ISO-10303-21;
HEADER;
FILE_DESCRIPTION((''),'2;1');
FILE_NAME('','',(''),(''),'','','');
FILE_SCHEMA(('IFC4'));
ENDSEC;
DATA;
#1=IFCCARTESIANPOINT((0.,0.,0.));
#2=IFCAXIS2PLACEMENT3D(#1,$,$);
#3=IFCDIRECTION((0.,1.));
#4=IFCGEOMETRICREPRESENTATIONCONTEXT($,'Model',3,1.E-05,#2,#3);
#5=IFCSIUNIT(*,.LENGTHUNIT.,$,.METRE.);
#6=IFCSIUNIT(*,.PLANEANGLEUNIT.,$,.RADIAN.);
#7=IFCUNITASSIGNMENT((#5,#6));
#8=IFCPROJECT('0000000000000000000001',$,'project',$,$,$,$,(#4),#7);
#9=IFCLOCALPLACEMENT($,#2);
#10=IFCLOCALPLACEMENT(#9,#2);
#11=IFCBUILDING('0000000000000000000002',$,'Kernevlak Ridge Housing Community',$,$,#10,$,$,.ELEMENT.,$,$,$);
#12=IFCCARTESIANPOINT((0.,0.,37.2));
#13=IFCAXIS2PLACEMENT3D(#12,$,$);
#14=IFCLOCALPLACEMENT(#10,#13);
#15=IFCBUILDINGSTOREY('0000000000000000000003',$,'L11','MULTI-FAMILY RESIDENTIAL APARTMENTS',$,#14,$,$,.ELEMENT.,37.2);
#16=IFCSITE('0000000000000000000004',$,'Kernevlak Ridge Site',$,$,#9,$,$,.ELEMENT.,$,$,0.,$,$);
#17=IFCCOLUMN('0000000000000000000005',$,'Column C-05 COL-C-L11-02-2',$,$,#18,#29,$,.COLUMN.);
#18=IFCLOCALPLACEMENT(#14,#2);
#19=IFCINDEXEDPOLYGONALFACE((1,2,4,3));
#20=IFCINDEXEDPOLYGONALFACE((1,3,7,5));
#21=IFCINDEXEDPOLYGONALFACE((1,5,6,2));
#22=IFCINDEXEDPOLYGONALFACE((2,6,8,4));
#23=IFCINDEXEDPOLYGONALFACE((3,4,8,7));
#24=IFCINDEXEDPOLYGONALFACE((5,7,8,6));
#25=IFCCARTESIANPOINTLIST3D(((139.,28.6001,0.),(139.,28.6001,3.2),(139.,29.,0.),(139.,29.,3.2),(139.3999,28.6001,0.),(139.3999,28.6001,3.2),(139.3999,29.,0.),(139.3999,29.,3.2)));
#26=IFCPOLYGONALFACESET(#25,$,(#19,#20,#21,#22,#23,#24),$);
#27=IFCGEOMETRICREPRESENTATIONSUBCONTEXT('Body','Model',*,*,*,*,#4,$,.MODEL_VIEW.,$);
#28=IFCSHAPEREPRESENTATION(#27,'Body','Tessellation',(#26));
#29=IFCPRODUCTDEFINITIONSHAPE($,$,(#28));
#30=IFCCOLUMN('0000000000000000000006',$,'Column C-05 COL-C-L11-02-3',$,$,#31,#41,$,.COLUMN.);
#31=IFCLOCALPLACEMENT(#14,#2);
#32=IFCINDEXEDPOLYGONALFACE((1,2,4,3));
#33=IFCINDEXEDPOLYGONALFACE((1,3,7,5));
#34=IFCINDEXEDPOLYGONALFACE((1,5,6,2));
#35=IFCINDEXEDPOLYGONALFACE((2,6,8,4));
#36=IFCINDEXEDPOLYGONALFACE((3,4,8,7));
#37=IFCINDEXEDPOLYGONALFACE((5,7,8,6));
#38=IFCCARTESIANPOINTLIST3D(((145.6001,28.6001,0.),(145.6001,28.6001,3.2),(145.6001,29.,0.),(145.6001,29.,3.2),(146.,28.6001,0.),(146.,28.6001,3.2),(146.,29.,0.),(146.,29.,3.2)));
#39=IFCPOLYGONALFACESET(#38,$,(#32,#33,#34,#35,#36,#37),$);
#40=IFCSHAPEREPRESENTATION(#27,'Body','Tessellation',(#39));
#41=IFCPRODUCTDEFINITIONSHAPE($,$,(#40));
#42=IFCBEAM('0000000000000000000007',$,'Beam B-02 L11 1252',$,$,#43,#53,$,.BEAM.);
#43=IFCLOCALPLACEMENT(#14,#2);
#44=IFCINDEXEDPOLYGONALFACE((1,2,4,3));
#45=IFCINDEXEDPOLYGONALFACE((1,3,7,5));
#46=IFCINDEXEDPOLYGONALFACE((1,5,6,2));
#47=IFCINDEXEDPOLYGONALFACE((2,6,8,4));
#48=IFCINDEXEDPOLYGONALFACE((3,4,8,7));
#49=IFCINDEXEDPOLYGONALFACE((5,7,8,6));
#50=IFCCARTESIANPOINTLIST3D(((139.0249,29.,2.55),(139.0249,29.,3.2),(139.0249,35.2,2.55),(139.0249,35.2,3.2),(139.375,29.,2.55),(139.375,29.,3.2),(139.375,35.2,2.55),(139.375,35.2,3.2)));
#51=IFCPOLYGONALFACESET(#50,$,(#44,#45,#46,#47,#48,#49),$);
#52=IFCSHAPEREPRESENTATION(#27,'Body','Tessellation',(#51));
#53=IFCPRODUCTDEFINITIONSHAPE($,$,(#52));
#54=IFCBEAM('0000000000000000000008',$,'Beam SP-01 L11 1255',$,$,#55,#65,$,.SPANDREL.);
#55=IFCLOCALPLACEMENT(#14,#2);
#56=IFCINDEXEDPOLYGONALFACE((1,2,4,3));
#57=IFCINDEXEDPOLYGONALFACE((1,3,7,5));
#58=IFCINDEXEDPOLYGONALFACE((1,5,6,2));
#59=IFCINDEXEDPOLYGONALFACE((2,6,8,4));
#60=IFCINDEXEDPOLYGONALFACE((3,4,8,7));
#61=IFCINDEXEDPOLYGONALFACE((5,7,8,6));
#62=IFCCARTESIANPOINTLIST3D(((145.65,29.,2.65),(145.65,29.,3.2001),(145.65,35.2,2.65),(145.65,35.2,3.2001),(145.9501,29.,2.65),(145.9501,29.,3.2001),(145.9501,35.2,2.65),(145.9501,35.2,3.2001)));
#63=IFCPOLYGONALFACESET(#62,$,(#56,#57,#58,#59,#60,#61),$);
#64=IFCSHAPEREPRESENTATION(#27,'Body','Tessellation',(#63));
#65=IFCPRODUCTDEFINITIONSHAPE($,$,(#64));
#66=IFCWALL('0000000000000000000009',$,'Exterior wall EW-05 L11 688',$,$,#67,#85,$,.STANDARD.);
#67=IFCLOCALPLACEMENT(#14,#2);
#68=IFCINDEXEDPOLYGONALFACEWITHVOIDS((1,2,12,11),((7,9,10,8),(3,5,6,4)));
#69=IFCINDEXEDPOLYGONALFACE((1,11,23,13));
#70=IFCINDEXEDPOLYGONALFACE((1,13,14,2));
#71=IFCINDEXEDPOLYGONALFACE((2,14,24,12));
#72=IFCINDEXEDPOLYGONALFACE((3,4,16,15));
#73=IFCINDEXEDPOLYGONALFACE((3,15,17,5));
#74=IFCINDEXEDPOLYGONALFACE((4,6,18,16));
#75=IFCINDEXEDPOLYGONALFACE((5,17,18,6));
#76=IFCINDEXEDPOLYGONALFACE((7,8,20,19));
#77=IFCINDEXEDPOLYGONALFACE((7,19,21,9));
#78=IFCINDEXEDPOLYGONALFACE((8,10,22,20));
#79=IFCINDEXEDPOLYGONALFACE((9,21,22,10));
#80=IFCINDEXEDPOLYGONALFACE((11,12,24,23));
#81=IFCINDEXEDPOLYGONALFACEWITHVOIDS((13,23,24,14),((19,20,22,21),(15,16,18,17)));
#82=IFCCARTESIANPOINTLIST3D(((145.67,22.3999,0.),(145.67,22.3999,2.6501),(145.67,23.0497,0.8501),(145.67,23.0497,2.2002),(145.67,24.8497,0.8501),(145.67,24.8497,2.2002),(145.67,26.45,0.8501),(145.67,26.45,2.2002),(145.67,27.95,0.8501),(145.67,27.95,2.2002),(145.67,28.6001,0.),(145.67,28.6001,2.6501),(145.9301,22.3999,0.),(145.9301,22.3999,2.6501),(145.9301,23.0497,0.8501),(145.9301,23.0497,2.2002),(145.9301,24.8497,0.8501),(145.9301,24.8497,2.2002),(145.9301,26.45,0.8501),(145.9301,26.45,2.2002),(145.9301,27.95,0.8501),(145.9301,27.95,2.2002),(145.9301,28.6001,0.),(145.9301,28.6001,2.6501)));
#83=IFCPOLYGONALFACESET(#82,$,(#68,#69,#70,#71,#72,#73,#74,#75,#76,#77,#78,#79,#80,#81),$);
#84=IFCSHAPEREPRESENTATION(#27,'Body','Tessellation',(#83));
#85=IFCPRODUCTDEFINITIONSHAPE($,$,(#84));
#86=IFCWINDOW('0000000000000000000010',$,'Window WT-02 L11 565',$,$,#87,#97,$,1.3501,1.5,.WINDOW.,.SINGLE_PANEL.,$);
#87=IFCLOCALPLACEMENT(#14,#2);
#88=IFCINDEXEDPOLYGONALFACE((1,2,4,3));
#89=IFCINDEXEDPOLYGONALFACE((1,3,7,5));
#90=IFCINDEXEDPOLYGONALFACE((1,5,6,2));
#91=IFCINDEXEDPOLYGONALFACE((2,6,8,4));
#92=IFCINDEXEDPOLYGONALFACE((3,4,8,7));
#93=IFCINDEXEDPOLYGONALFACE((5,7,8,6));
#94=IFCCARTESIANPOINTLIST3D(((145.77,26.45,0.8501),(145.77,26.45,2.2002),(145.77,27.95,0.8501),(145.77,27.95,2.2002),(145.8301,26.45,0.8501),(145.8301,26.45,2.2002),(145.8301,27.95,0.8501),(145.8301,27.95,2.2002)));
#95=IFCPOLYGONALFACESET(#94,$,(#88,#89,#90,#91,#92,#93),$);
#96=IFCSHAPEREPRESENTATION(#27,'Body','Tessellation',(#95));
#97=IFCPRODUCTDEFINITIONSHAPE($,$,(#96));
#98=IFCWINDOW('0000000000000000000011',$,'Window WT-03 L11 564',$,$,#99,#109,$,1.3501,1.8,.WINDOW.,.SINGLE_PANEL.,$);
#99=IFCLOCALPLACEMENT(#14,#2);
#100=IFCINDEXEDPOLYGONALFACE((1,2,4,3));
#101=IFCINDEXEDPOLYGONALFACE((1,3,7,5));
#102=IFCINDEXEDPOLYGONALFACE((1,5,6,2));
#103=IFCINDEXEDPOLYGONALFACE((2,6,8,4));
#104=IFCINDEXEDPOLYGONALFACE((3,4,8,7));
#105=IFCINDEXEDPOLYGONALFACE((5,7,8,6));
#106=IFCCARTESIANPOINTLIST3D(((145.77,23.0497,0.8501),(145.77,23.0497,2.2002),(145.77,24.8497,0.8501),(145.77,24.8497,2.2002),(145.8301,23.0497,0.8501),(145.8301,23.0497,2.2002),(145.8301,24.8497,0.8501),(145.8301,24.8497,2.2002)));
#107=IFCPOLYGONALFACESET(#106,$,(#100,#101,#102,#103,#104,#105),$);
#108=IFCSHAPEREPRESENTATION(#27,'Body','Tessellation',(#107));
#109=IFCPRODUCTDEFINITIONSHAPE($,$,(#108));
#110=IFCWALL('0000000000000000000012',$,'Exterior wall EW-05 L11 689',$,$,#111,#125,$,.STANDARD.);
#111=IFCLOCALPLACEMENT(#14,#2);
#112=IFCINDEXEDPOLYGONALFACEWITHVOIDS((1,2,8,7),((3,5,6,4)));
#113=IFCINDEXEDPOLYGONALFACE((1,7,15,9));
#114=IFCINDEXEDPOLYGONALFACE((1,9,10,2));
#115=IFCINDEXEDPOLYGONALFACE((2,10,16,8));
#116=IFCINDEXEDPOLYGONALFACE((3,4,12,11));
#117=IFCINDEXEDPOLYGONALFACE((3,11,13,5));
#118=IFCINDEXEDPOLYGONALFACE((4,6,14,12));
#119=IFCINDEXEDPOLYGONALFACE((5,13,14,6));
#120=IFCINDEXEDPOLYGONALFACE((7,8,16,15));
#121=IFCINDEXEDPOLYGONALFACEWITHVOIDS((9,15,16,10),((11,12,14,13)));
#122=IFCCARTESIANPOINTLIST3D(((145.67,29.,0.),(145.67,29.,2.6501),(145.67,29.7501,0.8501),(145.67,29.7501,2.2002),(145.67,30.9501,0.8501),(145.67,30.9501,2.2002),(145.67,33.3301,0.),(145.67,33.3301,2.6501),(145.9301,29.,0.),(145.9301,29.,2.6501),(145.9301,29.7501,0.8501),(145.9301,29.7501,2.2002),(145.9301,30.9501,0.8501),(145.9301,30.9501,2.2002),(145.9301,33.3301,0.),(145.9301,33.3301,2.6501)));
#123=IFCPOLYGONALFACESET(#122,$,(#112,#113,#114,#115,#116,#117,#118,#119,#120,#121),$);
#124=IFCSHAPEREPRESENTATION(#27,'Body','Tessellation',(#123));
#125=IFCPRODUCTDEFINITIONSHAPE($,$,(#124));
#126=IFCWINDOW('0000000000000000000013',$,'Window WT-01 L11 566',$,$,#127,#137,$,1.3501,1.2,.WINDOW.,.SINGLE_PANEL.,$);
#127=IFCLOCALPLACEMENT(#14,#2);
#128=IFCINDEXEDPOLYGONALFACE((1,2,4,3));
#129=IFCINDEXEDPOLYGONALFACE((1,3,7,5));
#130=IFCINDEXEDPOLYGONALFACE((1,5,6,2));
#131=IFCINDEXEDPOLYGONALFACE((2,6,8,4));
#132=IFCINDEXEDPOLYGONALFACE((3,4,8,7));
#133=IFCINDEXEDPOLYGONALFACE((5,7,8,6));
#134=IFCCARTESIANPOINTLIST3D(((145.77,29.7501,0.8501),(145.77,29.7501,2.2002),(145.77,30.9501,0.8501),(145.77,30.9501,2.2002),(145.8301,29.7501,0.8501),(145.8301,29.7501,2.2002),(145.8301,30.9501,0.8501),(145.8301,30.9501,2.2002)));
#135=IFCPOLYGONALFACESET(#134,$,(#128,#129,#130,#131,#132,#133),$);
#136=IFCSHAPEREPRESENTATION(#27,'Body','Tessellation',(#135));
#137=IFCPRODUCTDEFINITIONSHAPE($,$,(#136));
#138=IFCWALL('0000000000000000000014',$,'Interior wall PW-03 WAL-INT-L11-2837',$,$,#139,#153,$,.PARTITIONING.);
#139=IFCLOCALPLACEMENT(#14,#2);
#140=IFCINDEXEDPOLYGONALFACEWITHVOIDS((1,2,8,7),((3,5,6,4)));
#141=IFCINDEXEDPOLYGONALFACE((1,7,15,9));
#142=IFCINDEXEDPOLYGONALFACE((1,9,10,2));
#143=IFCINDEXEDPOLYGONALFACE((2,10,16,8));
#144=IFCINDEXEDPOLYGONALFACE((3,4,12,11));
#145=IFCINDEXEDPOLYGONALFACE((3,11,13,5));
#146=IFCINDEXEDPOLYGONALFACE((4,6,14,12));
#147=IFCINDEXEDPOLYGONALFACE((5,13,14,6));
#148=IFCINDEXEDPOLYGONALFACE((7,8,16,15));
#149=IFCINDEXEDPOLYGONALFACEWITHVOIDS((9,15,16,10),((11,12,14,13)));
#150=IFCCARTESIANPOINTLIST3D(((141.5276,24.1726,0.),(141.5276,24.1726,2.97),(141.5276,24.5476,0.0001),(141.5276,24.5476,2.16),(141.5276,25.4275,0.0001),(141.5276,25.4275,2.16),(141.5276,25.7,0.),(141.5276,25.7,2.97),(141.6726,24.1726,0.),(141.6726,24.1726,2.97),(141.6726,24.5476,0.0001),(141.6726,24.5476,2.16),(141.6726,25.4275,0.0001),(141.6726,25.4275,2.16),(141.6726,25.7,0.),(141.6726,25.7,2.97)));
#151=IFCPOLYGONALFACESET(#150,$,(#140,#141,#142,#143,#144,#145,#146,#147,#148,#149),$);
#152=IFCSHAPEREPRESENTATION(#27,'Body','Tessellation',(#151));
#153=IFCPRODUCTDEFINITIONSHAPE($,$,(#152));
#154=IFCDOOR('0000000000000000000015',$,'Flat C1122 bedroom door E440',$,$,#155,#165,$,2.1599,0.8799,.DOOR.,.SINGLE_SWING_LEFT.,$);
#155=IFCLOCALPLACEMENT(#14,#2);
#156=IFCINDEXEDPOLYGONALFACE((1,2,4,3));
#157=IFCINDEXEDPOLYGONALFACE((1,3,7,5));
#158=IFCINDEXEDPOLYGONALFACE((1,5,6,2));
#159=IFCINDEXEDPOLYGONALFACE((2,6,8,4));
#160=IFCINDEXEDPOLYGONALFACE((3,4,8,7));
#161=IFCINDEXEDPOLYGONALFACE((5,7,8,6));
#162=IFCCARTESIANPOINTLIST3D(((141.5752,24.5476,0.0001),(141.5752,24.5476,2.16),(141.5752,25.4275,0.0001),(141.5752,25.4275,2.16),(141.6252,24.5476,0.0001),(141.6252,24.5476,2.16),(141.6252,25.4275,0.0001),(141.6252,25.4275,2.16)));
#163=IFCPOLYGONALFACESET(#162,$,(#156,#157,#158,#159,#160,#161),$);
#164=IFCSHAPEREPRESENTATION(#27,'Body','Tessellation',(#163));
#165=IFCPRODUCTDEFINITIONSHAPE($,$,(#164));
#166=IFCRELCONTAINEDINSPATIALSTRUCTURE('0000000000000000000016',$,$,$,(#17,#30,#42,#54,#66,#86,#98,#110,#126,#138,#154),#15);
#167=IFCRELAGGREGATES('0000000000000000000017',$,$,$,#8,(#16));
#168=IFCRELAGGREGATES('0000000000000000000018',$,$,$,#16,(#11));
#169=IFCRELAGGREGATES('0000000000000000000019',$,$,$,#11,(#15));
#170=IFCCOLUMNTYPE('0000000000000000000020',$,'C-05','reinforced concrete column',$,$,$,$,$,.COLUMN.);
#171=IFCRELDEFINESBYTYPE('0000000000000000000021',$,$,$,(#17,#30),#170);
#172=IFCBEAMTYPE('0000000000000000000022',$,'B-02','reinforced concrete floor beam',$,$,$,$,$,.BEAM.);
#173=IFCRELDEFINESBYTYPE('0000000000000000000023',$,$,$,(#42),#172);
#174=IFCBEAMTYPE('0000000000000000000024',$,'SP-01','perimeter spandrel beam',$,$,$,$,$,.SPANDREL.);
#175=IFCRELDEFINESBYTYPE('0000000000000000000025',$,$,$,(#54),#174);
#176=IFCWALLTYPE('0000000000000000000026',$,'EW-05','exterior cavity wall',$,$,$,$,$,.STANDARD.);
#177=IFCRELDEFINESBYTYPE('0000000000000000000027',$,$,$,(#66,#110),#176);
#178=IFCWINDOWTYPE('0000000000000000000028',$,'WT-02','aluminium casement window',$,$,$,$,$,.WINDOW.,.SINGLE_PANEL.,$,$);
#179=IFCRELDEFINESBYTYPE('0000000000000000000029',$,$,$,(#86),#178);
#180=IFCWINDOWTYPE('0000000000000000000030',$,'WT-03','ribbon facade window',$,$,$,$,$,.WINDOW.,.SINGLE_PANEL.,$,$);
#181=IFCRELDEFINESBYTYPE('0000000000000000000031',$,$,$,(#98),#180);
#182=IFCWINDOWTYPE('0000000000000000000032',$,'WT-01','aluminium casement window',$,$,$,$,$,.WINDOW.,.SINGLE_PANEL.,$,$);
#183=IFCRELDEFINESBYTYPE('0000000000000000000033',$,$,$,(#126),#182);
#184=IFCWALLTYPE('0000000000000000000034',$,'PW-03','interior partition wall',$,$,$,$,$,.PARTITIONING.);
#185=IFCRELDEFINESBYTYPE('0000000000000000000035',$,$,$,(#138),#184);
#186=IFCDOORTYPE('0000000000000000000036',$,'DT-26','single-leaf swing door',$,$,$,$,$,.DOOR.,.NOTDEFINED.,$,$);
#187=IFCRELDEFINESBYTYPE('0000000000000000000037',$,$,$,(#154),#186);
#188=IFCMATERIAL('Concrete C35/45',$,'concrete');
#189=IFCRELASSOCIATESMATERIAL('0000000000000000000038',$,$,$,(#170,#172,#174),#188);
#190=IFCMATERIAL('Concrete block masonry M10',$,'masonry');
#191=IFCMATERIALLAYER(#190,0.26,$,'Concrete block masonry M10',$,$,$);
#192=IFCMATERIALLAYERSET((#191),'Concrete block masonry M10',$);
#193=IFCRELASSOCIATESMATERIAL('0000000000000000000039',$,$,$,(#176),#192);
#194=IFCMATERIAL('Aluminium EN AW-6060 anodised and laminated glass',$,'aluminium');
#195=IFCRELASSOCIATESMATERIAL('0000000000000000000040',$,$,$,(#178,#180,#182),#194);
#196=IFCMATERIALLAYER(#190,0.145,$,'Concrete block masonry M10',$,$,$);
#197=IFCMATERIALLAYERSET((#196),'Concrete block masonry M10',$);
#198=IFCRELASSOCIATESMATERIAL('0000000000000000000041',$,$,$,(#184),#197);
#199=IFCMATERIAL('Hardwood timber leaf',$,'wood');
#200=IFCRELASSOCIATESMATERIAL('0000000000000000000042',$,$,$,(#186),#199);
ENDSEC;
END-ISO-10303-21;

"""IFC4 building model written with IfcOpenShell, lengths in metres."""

from ifc_helpers import new_model, si_unit, direction, frame, frame_2d, origin, origin_2d, place, context, subcontext, project, spatial, rectangle, extrude, material, layer, layer_set, material_profile, profile_set, type_object, element, fill, save


model = new_model("IFC4")

# Units and contexts
model_context = context("Model", 3, precision=1e-05, world=origin(), true_north=direction((0.0, 1.0)))
body_context = subcontext(model_context, "Body", "Model", "MODEL_VIEW")
ifc_project = project(units=[si_unit("LENGTHUNIT", "METRE"), si_unit("PLANEANGLEUNIT", "RADIAN")], contexts=[model_context])

# Site, building, storey
site_placement = place(None, origin())
site = spatial("IfcSite", under=ifc_project, at=site_placement, Name="Kernevlak Ridge Site", CompositionType="ELEMENT", RefElevation=0.0)
building_placement = place(site_placement, origin())
building = spatial("IfcBuilding", under=site, at=building_placement, Name="Kernevlak Ridge Housing Community", CompositionType="ELEMENT")
storey_placement = place(building_placement, frame((0.0, 0.0, 37.2)))
storey = spatial("IfcBuildingStorey", under=building, at=storey_placement, Name="L11", Description="MULTI-FAMILY RESIDENTIAL APARTMENTS", CompositionType="ELEMENT", Elevation=37.2)

# Columns
ifc_material_1 = material(Name="Concrete C35/45", Category="concrete")
ifc_material_profile_1 = material_profile(ifc_material_1, rectangle(XDim=0.3999, YDim=0.3999, at=origin_2d()), Name="RC 400x400")
ifc_profile_set_1 = profile_set([ifc_material_profile_1], Name="Concrete C35/45")
column_type = type_object("IfcColumnType", Name="C-05", Description="reinforced concrete column", PredefinedType="COLUMN", material=ifc_profile_set_1)
for number, where, z_axis, x_axis, name in (
    (1, (139.2, 28.8, 0.0), (0.0, 0.0, 1.0), (1.0, 0.0, 0.0), "Column C-05 COL-C-L11-02-2"),
    (2, (145.8, 28.8, 0.0), (0.0, 0.0, 1.0), (1.0, 0.0, 0.0), "Column C-05 COL-C-L11-02-3"),
):
    element("IfcColumn", number, at=place(storey_placement, frame(where, z_axis=z_axis, x_axis=x_axis)), inside=storey, type_object=column_type, Name=name, PredefinedType="COLUMN", context=body_context, shape_type="SweptSolid", body=[
        extrude(rectangle(XDim=0.3999, YDim=0.3999, at=origin_2d()), origin(), (0.0, 0.0, 1.0), 3.2),
    ])

# Beams
ifc_material_profile_2 = material_profile(ifc_material_1, rectangle(XDim=0.3501, YDim=0.6499, at=origin_2d()), Name="RC 350x650")
ifc_profile_set_2 = profile_set([ifc_material_profile_2], Name="Concrete C35/45")
beam_type_1 = type_object("IfcBeamType", Name="B-02", Description="reinforced concrete floor beam", PredefinedType="BEAM", material=ifc_profile_set_2)
beam_1_placement = place(storey_placement, frame((139.2, 29.0, 2.875), z_axis=(0.0, 1.0, 0.0), x_axis=(-1.0, 0.0, 0.0)))
element("IfcBeam", 3, at=beam_1_placement, inside=storey, type_object=beam_type_1, Name="Beam B-02 L11 1252", PredefinedType="BEAM", context=body_context, shape_type="SweptSolid", body=[
    extrude(rectangle(XDim=0.3501, YDim=0.6499, at=origin_2d()), origin(), (0.0, 0.0, 1.0), 6.2),
])
ifc_material_profile_3 = material_profile(ifc_material_1, rectangle(XDim=0.3, YDim=0.55, at=origin_2d()), Name="RC 300x550")
ifc_profile_set_3 = profile_set([ifc_material_profile_3], Name="Concrete C35/45")
beam_type_2 = type_object("IfcBeamType", Name="SP-01", Description="perimeter spandrel beam", PredefinedType="SPANDREL", material=ifc_profile_set_3)
beam_2_placement = place(storey_placement, frame((145.8, 29.0, 2.925), z_axis=(0.0, 1.0, 0.0), x_axis=(-1.0, 0.0, 0.0)))
element("IfcBeam", 4, at=beam_2_placement, inside=storey, type_object=beam_type_2, Name="Beam SP-01 L11 1255", PredefinedType="SPANDREL", context=body_context, shape_type="SweptSolid", body=[
    extrude(rectangle(XDim=0.3, YDim=0.55, at=origin_2d()), origin(), (0.0, 0.0, 1.0), 6.2),
])

# Wall, openings, windows
ifc_material_2 = material(Name="Concrete block masonry M10", Category="masonry")
ifc_layer_1 = layer(ifc_material_2, 0.26, Name="Concrete block masonry M10")
ifc_layer_set_1 = layer_set([ifc_layer_1], Name="Concrete block masonry M10")
wall_type_1 = type_object("IfcWallType", Name="EW-05", Description="exterior cavity wall", PredefinedType="STANDARD", material=ifc_layer_set_1)
wall_1_placement = place(storey_placement, frame((145.8, 22.3999, 0.0), z_axis=(0.0, 0.0, 1.0), x_axis=(0.0, 1.0, 0.0)))
wall_1 = element("IfcWall", 5, at=wall_1_placement, inside=storey, type_object=wall_type_1, Name="Exterior wall EW-05 L11 688", PredefinedType="STANDARD", context=body_context, shape_type="SweptSolid", body=[
    extrude(rectangle(XDim=6.2002, YDim=0.26, at=frame_2d((3.1001, 0.0))), origin(), (0.0, 0.0, 1.0), 2.6501),
])
opening_1_placement = place(wall_1_placement, frame((0.6499, 0.0, 0.8501)))
opening_1 = element("IfcOpeningElement", 6, at=opening_1_placement, cuts=wall_1, PredefinedType="OPENING", context=body_context, shape_type="SweptSolid", body=[
    extrude(rectangle(XDim=1.8, YDim=1.3501, at=frame_2d((0.8999, 0.675))), frame((0.0, 0.1399, 0.0), z_axis=(0.0, -1.0, 0.0), x_axis=(1.0, 0.0, 0.0)), (0.0, 0.0, 1.0), 0.28),
])
opening_2_placement = place(wall_1_placement, frame((4.05, 0.0, 0.8501)))
opening_2 = element("IfcOpeningElement", 7, at=opening_2_placement, cuts=wall_1, PredefinedType="OPENING", context=body_context, shape_type="SweptSolid", body=[
    extrude(rectangle(XDim=1.5, YDim=1.3501, at=frame_2d((0.75, 0.675))), frame((0.0, 0.1399, 0.0), z_axis=(0.0, -1.0, 0.0), x_axis=(1.0, 0.0, 0.0)), (0.0, 0.0, 1.0), 0.28),
])
ifc_material_3 = material(Name="Aluminium EN AW-6060 anodised and laminated glass", Category="aluminium")
window_type_1 = type_object("IfcWindowType", Name="WT-02", Description="aluminium casement window", PartitioningType="SINGLE_PANEL", PredefinedType="WINDOW", material=ifc_material_3)
window_1_placement = place(opening_2_placement, origin())
window_1 = element("IfcWindow", 8, at=window_1_placement, inside=storey, type_object=window_type_1, Name="Window WT-02 L11 565", OverallHeight=1.3501, OverallWidth=1.5, PartitioningType="SINGLE_PANEL", PredefinedType="WINDOW", context=body_context, shape_type="SweptSolid", body=[
    extrude(rectangle(XDim=1.5, YDim=1.3501, at=frame_2d((0.75, 0.675))), frame((0.0, 0.03, 0.0), z_axis=(0.0, -1.0, 0.0), x_axis=(1.0, 0.0, 0.0)), (0.0, 0.0, 1.0), 0.0601),
])
fill(opening_2, window_1)
window_type_2 = type_object("IfcWindowType", Name="WT-03", Description="ribbon facade window", PartitioningType="SINGLE_PANEL", PredefinedType="WINDOW", material=ifc_material_3)
window_2_placement = place(opening_1_placement, origin())
window_2 = element("IfcWindow", 9, at=window_2_placement, inside=storey, type_object=window_type_2, Name="Window WT-03 L11 564", OverallHeight=1.3501, OverallWidth=1.8, PartitioningType="SINGLE_PANEL", PredefinedType="WINDOW", context=body_context, shape_type="SweptSolid", body=[
    extrude(rectangle(XDim=1.8, YDim=1.3501, at=frame_2d((0.8999, 0.675))), frame((0.0, 0.03, 0.0), z_axis=(0.0, -1.0, 0.0), x_axis=(1.0, 0.0, 0.0)), (0.0, 0.0, 1.0), 0.0601),
])
fill(opening_1, window_2)

# Wall, opening, window
wall_2_placement = place(storey_placement, frame((145.8, 29.0, 0.0), z_axis=(0.0, 0.0, 1.0), x_axis=(0.0, 1.0, 0.0)))
wall_2 = element("IfcWall", 10, at=wall_2_placement, inside=storey, type_object=wall_type_1, Name="Exterior wall EW-05 L11 689", PredefinedType="STANDARD", context=body_context, shape_type="SweptSolid", body=[
    extrude(rectangle(XDim=4.3301, YDim=0.26, at=frame_2d((2.165, 0.0))), origin(), (0.0, 0.0, 1.0), 2.6501),
])
opening_3_placement = place(wall_2_placement, frame((0.75, 0.0, 0.8501)))
opening_3 = element("IfcOpeningElement", 11, at=opening_3_placement, cuts=wall_2, PredefinedType="OPENING", context=body_context, shape_type="SweptSolid", body=[
    extrude(rectangle(XDim=1.2, YDim=1.3501, at=frame_2d((0.6001, 0.675))), frame((0.0, 0.1399, 0.0), z_axis=(0.0, -1.0, 0.0), x_axis=(1.0, 0.0, 0.0)), (0.0, 0.0, 1.0), 0.28),
])
window_type_3 = type_object("IfcWindowType", Name="WT-01", Description="aluminium casement window", PartitioningType="SINGLE_PANEL", PredefinedType="WINDOW", material=ifc_material_3)
window_3_placement = place(opening_3_placement, origin())
window_3 = element("IfcWindow", 12, at=window_3_placement, inside=storey, type_object=window_type_3, Name="Window WT-01 L11 566", OverallHeight=1.3501, OverallWidth=1.2, PartitioningType="SINGLE_PANEL", PredefinedType="WINDOW", context=body_context, shape_type="SweptSolid", body=[
    extrude(rectangle(XDim=1.2, YDim=1.3501, at=frame_2d((0.6001, 0.675))), frame((0.0, 0.03, 0.0), z_axis=(0.0, -1.0, 0.0), x_axis=(1.0, 0.0, 0.0)), (0.0, 0.0, 1.0), 0.0601),
])
fill(opening_3, window_3)

# Wall, opening, door
ifc_layer_2 = layer(ifc_material_2, 0.145, Name="Concrete block masonry M10")
ifc_layer_set_2 = layer_set([ifc_layer_2], Name="Concrete block masonry M10")
wall_type_2 = type_object("IfcWallType", Name="PW-03", Description="interior partition wall", PredefinedType="PARTITIONING", material=ifc_layer_set_2)
wall_3_placement = place(storey_placement, frame((141.6001, 24.1726, 0.0), z_axis=(0.0, 0.0, 1.0), x_axis=(0.0, 1.0, 0.0)))
wall_3 = element("IfcWall", 13, at=wall_3_placement, inside=storey, type_object=wall_type_2, Name="Interior wall PW-03 WAL-INT-L11-2837", PredefinedType="PARTITIONING", context=body_context, shape_type="SweptSolid", body=[
    extrude(rectangle(XDim=1.5273, YDim=0.145, at=frame_2d((0.7637, 0.0))), origin(), (0.0, 0.0, 1.0), 2.97),
])
opening_4_placement = place(wall_3_placement, frame((0.375, 0.0, 0.0)))
opening_4 = element("IfcOpeningElement", 14, at=opening_4_placement, cuts=wall_3, PredefinedType="OPENING", context=body_context, shape_type="SweptSolid", body=[
    extrude(rectangle(XDim=0.8799, YDim=2.1599, at=frame_2d((0.4399, 1.0801))), frame((0.0, 0.0825, 0.0), z_axis=(0.0, -1.0, 0.0), x_axis=(1.0, 0.0, 0.0)), (0.0, 0.0, 1.0), 0.165),
])
ifc_material_4 = material(Name="Hardwood timber leaf", Category="wood")
door_type_1 = type_object("IfcDoorType", Name="DT-26", Description="single-leaf swing door", OperationType="NOTDEFINED", PredefinedType="DOOR", material=ifc_material_4)
door_1_placement = place(opening_4_placement, origin())
door_1 = element("IfcDoor", 15, at=door_1_placement, inside=storey, type_object=door_type_1, Name="Flat C1122 bedroom door E440", OperationType="SINGLE_SWING_LEFT", OverallHeight=2.1599, OverallWidth=0.8799, PredefinedType="DOOR", context=body_context, shape_type="SweptSolid", body=[
    extrude(rectangle(XDim=0.8799, YDim=2.1599, at=frame_2d((0.4399, 1.0801))), frame((0.0, 0.0249, 0.0), z_axis=(0.0, -1.0, 0.0), x_axis=(1.0, 0.0, 0.0)), (0.0, 0.0, 1.0), 0.05),
])
fill(opening_4, door_1)

save(model, "model.ifc")
